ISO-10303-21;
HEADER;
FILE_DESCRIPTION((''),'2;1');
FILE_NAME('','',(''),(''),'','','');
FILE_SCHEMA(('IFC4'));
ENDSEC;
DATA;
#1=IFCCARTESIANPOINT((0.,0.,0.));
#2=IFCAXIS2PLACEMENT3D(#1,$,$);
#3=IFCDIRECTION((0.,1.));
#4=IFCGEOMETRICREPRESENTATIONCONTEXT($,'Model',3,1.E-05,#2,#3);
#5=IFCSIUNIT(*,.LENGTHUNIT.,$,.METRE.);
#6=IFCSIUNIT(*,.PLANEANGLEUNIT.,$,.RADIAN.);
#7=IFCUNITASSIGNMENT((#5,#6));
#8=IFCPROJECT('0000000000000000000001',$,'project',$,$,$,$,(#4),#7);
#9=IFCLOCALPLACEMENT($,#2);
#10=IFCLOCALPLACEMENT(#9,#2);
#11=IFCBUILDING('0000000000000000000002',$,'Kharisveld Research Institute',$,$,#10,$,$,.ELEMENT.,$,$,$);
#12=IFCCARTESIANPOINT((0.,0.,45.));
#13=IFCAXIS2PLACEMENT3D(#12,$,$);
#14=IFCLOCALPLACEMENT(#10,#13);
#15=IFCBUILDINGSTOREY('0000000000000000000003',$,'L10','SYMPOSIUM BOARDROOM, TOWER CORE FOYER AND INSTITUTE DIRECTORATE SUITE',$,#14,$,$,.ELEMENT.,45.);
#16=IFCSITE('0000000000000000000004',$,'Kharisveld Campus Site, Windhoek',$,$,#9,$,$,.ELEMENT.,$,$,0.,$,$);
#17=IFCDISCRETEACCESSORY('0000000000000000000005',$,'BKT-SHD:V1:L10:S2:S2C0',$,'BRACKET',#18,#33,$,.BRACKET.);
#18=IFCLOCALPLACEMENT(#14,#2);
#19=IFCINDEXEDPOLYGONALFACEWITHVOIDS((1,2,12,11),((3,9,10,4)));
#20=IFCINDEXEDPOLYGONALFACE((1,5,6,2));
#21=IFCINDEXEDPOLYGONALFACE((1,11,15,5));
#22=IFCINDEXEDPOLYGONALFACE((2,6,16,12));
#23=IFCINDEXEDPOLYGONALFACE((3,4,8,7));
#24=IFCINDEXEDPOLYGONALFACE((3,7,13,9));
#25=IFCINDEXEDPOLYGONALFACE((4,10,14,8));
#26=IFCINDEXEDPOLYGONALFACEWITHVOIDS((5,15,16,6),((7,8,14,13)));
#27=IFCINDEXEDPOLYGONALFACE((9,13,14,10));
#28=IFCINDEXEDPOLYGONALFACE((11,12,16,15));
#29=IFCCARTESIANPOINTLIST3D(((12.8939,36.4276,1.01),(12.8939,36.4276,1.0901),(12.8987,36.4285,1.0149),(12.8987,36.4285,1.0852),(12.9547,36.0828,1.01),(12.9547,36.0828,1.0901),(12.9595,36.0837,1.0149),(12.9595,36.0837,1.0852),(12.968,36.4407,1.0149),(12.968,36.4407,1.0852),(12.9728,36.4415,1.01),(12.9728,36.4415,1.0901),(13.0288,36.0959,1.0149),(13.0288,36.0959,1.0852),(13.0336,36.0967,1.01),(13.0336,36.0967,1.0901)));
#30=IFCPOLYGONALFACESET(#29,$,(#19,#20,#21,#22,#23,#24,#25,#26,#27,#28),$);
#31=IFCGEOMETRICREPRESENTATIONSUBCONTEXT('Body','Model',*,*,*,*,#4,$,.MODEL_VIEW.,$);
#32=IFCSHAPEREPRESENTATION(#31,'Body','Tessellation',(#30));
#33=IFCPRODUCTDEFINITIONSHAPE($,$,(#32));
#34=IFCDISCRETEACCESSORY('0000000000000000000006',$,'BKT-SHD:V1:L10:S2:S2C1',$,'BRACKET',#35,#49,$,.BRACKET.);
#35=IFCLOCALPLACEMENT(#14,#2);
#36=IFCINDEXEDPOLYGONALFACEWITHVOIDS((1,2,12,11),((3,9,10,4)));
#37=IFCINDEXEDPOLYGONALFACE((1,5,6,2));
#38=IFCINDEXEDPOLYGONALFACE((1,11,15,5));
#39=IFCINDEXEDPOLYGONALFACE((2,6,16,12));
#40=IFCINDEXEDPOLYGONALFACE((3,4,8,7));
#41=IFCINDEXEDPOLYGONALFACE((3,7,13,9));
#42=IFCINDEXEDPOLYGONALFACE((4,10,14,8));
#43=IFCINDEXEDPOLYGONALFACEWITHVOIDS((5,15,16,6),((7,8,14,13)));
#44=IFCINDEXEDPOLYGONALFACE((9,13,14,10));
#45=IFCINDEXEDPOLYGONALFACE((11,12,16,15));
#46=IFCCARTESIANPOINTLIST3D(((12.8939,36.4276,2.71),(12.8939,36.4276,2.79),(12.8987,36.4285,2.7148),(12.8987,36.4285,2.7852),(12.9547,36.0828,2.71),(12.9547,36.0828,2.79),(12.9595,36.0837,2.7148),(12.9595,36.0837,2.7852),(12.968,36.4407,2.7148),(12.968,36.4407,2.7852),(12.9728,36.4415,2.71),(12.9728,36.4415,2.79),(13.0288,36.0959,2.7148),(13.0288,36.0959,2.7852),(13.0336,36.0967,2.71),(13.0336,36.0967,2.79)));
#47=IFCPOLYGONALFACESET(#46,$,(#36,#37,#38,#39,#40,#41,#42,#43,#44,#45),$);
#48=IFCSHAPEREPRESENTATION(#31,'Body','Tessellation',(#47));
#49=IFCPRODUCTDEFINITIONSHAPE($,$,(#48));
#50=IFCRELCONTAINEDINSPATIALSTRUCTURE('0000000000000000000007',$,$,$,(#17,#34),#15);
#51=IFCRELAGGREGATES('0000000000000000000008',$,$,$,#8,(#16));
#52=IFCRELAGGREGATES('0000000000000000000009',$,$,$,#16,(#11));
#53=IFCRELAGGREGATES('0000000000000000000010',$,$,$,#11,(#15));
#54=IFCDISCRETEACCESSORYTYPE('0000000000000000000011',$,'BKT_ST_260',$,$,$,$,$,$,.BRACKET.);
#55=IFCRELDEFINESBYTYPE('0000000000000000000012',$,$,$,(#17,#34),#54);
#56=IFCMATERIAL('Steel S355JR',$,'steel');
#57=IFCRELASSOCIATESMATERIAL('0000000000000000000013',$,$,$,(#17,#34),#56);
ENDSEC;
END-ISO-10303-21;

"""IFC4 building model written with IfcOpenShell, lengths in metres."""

from ifc_helpers import new_model, si_unit, direction, frame, origin, origin_2d, place, context, subcontext, project, spatial, hollow_rectangle, extrude, material, type_object, element, save


model = new_model("IFC4")

# Units and contexts
model_context = context("Model", 3, precision=1e-05, world=origin(), true_north=direction((0.0, 1.0)))
body_context = subcontext(model_context, "Body", "Model", "MODEL_VIEW")
ifc_project = project(units=[si_unit("LENGTHUNIT", "METRE"), si_unit("PLANEANGLEUNIT", "RADIAN")], contexts=[model_context])

# Site, building, storey
site_placement = place(None, origin())
site = spatial("IfcSite", under=ifc_project, at=site_placement, Name="Kharisveld Campus Site, Windhoek", CompositionType="ELEMENT", RefElevation=0.0)
building_placement = place(site_placement, origin())
building = spatial("IfcBuilding", under=site, at=building_placement, Name="Kharisveld Research Institute", CompositionType="ELEMENT")
storey_placement = place(building_placement, frame((0.0, 0.0, 45.0)))
storey = spatial("IfcBuildingStorey", under=building, at=storey_placement, Name="L10", Description="SYMPOSIUM BOARDROOM, TOWER CORE FOYER AND INSTITUTE DIRECTORATE SUITE", CompositionType="ELEMENT", Elevation=45.0)

# Discrete accessories
ifc_material_1 = material(Name="Steel S355JR", Category="steel")
discrete_accessory_type = type_object("IfcDiscreteAccessoryType", Name="BKT_ST_260", PredefinedType="BRACKET")
for number, where, z_axis, x_axis, name in (
    (1, (12.9333, 36.4346, 1.05), (0.173666, -0.984805, 0.0), (0.984805, 0.173666, 0.0), "BKT-SHD:V1:L10:S2:S2C0"),
    (2, (12.9333, 36.4346, 2.75), (0.173666, -0.984805, 0.0), (0.984805, 0.173666, 0.0), "BKT-SHD:V1:L10:S2:S2C1"),
):
    element("IfcDiscreteAccessory", number, at=place(storey_placement, frame(where, z_axis=z_axis, x_axis=x_axis)), inside=storey, type_object=discrete_accessory_type, material=ifc_material_1, Name=name, ObjectType="BRACKET", PredefinedType="BRACKET", context=body_context, shape_type="SweptSolid", body=[
        extrude(hollow_rectangle(XDim=0.0801, YDim=0.0801, WallThickness=0.0049, at=origin_2d()), origin(), (0.0, 0.0, 1.0), 0.3501),
    ])

save(model, "model.ifc")
